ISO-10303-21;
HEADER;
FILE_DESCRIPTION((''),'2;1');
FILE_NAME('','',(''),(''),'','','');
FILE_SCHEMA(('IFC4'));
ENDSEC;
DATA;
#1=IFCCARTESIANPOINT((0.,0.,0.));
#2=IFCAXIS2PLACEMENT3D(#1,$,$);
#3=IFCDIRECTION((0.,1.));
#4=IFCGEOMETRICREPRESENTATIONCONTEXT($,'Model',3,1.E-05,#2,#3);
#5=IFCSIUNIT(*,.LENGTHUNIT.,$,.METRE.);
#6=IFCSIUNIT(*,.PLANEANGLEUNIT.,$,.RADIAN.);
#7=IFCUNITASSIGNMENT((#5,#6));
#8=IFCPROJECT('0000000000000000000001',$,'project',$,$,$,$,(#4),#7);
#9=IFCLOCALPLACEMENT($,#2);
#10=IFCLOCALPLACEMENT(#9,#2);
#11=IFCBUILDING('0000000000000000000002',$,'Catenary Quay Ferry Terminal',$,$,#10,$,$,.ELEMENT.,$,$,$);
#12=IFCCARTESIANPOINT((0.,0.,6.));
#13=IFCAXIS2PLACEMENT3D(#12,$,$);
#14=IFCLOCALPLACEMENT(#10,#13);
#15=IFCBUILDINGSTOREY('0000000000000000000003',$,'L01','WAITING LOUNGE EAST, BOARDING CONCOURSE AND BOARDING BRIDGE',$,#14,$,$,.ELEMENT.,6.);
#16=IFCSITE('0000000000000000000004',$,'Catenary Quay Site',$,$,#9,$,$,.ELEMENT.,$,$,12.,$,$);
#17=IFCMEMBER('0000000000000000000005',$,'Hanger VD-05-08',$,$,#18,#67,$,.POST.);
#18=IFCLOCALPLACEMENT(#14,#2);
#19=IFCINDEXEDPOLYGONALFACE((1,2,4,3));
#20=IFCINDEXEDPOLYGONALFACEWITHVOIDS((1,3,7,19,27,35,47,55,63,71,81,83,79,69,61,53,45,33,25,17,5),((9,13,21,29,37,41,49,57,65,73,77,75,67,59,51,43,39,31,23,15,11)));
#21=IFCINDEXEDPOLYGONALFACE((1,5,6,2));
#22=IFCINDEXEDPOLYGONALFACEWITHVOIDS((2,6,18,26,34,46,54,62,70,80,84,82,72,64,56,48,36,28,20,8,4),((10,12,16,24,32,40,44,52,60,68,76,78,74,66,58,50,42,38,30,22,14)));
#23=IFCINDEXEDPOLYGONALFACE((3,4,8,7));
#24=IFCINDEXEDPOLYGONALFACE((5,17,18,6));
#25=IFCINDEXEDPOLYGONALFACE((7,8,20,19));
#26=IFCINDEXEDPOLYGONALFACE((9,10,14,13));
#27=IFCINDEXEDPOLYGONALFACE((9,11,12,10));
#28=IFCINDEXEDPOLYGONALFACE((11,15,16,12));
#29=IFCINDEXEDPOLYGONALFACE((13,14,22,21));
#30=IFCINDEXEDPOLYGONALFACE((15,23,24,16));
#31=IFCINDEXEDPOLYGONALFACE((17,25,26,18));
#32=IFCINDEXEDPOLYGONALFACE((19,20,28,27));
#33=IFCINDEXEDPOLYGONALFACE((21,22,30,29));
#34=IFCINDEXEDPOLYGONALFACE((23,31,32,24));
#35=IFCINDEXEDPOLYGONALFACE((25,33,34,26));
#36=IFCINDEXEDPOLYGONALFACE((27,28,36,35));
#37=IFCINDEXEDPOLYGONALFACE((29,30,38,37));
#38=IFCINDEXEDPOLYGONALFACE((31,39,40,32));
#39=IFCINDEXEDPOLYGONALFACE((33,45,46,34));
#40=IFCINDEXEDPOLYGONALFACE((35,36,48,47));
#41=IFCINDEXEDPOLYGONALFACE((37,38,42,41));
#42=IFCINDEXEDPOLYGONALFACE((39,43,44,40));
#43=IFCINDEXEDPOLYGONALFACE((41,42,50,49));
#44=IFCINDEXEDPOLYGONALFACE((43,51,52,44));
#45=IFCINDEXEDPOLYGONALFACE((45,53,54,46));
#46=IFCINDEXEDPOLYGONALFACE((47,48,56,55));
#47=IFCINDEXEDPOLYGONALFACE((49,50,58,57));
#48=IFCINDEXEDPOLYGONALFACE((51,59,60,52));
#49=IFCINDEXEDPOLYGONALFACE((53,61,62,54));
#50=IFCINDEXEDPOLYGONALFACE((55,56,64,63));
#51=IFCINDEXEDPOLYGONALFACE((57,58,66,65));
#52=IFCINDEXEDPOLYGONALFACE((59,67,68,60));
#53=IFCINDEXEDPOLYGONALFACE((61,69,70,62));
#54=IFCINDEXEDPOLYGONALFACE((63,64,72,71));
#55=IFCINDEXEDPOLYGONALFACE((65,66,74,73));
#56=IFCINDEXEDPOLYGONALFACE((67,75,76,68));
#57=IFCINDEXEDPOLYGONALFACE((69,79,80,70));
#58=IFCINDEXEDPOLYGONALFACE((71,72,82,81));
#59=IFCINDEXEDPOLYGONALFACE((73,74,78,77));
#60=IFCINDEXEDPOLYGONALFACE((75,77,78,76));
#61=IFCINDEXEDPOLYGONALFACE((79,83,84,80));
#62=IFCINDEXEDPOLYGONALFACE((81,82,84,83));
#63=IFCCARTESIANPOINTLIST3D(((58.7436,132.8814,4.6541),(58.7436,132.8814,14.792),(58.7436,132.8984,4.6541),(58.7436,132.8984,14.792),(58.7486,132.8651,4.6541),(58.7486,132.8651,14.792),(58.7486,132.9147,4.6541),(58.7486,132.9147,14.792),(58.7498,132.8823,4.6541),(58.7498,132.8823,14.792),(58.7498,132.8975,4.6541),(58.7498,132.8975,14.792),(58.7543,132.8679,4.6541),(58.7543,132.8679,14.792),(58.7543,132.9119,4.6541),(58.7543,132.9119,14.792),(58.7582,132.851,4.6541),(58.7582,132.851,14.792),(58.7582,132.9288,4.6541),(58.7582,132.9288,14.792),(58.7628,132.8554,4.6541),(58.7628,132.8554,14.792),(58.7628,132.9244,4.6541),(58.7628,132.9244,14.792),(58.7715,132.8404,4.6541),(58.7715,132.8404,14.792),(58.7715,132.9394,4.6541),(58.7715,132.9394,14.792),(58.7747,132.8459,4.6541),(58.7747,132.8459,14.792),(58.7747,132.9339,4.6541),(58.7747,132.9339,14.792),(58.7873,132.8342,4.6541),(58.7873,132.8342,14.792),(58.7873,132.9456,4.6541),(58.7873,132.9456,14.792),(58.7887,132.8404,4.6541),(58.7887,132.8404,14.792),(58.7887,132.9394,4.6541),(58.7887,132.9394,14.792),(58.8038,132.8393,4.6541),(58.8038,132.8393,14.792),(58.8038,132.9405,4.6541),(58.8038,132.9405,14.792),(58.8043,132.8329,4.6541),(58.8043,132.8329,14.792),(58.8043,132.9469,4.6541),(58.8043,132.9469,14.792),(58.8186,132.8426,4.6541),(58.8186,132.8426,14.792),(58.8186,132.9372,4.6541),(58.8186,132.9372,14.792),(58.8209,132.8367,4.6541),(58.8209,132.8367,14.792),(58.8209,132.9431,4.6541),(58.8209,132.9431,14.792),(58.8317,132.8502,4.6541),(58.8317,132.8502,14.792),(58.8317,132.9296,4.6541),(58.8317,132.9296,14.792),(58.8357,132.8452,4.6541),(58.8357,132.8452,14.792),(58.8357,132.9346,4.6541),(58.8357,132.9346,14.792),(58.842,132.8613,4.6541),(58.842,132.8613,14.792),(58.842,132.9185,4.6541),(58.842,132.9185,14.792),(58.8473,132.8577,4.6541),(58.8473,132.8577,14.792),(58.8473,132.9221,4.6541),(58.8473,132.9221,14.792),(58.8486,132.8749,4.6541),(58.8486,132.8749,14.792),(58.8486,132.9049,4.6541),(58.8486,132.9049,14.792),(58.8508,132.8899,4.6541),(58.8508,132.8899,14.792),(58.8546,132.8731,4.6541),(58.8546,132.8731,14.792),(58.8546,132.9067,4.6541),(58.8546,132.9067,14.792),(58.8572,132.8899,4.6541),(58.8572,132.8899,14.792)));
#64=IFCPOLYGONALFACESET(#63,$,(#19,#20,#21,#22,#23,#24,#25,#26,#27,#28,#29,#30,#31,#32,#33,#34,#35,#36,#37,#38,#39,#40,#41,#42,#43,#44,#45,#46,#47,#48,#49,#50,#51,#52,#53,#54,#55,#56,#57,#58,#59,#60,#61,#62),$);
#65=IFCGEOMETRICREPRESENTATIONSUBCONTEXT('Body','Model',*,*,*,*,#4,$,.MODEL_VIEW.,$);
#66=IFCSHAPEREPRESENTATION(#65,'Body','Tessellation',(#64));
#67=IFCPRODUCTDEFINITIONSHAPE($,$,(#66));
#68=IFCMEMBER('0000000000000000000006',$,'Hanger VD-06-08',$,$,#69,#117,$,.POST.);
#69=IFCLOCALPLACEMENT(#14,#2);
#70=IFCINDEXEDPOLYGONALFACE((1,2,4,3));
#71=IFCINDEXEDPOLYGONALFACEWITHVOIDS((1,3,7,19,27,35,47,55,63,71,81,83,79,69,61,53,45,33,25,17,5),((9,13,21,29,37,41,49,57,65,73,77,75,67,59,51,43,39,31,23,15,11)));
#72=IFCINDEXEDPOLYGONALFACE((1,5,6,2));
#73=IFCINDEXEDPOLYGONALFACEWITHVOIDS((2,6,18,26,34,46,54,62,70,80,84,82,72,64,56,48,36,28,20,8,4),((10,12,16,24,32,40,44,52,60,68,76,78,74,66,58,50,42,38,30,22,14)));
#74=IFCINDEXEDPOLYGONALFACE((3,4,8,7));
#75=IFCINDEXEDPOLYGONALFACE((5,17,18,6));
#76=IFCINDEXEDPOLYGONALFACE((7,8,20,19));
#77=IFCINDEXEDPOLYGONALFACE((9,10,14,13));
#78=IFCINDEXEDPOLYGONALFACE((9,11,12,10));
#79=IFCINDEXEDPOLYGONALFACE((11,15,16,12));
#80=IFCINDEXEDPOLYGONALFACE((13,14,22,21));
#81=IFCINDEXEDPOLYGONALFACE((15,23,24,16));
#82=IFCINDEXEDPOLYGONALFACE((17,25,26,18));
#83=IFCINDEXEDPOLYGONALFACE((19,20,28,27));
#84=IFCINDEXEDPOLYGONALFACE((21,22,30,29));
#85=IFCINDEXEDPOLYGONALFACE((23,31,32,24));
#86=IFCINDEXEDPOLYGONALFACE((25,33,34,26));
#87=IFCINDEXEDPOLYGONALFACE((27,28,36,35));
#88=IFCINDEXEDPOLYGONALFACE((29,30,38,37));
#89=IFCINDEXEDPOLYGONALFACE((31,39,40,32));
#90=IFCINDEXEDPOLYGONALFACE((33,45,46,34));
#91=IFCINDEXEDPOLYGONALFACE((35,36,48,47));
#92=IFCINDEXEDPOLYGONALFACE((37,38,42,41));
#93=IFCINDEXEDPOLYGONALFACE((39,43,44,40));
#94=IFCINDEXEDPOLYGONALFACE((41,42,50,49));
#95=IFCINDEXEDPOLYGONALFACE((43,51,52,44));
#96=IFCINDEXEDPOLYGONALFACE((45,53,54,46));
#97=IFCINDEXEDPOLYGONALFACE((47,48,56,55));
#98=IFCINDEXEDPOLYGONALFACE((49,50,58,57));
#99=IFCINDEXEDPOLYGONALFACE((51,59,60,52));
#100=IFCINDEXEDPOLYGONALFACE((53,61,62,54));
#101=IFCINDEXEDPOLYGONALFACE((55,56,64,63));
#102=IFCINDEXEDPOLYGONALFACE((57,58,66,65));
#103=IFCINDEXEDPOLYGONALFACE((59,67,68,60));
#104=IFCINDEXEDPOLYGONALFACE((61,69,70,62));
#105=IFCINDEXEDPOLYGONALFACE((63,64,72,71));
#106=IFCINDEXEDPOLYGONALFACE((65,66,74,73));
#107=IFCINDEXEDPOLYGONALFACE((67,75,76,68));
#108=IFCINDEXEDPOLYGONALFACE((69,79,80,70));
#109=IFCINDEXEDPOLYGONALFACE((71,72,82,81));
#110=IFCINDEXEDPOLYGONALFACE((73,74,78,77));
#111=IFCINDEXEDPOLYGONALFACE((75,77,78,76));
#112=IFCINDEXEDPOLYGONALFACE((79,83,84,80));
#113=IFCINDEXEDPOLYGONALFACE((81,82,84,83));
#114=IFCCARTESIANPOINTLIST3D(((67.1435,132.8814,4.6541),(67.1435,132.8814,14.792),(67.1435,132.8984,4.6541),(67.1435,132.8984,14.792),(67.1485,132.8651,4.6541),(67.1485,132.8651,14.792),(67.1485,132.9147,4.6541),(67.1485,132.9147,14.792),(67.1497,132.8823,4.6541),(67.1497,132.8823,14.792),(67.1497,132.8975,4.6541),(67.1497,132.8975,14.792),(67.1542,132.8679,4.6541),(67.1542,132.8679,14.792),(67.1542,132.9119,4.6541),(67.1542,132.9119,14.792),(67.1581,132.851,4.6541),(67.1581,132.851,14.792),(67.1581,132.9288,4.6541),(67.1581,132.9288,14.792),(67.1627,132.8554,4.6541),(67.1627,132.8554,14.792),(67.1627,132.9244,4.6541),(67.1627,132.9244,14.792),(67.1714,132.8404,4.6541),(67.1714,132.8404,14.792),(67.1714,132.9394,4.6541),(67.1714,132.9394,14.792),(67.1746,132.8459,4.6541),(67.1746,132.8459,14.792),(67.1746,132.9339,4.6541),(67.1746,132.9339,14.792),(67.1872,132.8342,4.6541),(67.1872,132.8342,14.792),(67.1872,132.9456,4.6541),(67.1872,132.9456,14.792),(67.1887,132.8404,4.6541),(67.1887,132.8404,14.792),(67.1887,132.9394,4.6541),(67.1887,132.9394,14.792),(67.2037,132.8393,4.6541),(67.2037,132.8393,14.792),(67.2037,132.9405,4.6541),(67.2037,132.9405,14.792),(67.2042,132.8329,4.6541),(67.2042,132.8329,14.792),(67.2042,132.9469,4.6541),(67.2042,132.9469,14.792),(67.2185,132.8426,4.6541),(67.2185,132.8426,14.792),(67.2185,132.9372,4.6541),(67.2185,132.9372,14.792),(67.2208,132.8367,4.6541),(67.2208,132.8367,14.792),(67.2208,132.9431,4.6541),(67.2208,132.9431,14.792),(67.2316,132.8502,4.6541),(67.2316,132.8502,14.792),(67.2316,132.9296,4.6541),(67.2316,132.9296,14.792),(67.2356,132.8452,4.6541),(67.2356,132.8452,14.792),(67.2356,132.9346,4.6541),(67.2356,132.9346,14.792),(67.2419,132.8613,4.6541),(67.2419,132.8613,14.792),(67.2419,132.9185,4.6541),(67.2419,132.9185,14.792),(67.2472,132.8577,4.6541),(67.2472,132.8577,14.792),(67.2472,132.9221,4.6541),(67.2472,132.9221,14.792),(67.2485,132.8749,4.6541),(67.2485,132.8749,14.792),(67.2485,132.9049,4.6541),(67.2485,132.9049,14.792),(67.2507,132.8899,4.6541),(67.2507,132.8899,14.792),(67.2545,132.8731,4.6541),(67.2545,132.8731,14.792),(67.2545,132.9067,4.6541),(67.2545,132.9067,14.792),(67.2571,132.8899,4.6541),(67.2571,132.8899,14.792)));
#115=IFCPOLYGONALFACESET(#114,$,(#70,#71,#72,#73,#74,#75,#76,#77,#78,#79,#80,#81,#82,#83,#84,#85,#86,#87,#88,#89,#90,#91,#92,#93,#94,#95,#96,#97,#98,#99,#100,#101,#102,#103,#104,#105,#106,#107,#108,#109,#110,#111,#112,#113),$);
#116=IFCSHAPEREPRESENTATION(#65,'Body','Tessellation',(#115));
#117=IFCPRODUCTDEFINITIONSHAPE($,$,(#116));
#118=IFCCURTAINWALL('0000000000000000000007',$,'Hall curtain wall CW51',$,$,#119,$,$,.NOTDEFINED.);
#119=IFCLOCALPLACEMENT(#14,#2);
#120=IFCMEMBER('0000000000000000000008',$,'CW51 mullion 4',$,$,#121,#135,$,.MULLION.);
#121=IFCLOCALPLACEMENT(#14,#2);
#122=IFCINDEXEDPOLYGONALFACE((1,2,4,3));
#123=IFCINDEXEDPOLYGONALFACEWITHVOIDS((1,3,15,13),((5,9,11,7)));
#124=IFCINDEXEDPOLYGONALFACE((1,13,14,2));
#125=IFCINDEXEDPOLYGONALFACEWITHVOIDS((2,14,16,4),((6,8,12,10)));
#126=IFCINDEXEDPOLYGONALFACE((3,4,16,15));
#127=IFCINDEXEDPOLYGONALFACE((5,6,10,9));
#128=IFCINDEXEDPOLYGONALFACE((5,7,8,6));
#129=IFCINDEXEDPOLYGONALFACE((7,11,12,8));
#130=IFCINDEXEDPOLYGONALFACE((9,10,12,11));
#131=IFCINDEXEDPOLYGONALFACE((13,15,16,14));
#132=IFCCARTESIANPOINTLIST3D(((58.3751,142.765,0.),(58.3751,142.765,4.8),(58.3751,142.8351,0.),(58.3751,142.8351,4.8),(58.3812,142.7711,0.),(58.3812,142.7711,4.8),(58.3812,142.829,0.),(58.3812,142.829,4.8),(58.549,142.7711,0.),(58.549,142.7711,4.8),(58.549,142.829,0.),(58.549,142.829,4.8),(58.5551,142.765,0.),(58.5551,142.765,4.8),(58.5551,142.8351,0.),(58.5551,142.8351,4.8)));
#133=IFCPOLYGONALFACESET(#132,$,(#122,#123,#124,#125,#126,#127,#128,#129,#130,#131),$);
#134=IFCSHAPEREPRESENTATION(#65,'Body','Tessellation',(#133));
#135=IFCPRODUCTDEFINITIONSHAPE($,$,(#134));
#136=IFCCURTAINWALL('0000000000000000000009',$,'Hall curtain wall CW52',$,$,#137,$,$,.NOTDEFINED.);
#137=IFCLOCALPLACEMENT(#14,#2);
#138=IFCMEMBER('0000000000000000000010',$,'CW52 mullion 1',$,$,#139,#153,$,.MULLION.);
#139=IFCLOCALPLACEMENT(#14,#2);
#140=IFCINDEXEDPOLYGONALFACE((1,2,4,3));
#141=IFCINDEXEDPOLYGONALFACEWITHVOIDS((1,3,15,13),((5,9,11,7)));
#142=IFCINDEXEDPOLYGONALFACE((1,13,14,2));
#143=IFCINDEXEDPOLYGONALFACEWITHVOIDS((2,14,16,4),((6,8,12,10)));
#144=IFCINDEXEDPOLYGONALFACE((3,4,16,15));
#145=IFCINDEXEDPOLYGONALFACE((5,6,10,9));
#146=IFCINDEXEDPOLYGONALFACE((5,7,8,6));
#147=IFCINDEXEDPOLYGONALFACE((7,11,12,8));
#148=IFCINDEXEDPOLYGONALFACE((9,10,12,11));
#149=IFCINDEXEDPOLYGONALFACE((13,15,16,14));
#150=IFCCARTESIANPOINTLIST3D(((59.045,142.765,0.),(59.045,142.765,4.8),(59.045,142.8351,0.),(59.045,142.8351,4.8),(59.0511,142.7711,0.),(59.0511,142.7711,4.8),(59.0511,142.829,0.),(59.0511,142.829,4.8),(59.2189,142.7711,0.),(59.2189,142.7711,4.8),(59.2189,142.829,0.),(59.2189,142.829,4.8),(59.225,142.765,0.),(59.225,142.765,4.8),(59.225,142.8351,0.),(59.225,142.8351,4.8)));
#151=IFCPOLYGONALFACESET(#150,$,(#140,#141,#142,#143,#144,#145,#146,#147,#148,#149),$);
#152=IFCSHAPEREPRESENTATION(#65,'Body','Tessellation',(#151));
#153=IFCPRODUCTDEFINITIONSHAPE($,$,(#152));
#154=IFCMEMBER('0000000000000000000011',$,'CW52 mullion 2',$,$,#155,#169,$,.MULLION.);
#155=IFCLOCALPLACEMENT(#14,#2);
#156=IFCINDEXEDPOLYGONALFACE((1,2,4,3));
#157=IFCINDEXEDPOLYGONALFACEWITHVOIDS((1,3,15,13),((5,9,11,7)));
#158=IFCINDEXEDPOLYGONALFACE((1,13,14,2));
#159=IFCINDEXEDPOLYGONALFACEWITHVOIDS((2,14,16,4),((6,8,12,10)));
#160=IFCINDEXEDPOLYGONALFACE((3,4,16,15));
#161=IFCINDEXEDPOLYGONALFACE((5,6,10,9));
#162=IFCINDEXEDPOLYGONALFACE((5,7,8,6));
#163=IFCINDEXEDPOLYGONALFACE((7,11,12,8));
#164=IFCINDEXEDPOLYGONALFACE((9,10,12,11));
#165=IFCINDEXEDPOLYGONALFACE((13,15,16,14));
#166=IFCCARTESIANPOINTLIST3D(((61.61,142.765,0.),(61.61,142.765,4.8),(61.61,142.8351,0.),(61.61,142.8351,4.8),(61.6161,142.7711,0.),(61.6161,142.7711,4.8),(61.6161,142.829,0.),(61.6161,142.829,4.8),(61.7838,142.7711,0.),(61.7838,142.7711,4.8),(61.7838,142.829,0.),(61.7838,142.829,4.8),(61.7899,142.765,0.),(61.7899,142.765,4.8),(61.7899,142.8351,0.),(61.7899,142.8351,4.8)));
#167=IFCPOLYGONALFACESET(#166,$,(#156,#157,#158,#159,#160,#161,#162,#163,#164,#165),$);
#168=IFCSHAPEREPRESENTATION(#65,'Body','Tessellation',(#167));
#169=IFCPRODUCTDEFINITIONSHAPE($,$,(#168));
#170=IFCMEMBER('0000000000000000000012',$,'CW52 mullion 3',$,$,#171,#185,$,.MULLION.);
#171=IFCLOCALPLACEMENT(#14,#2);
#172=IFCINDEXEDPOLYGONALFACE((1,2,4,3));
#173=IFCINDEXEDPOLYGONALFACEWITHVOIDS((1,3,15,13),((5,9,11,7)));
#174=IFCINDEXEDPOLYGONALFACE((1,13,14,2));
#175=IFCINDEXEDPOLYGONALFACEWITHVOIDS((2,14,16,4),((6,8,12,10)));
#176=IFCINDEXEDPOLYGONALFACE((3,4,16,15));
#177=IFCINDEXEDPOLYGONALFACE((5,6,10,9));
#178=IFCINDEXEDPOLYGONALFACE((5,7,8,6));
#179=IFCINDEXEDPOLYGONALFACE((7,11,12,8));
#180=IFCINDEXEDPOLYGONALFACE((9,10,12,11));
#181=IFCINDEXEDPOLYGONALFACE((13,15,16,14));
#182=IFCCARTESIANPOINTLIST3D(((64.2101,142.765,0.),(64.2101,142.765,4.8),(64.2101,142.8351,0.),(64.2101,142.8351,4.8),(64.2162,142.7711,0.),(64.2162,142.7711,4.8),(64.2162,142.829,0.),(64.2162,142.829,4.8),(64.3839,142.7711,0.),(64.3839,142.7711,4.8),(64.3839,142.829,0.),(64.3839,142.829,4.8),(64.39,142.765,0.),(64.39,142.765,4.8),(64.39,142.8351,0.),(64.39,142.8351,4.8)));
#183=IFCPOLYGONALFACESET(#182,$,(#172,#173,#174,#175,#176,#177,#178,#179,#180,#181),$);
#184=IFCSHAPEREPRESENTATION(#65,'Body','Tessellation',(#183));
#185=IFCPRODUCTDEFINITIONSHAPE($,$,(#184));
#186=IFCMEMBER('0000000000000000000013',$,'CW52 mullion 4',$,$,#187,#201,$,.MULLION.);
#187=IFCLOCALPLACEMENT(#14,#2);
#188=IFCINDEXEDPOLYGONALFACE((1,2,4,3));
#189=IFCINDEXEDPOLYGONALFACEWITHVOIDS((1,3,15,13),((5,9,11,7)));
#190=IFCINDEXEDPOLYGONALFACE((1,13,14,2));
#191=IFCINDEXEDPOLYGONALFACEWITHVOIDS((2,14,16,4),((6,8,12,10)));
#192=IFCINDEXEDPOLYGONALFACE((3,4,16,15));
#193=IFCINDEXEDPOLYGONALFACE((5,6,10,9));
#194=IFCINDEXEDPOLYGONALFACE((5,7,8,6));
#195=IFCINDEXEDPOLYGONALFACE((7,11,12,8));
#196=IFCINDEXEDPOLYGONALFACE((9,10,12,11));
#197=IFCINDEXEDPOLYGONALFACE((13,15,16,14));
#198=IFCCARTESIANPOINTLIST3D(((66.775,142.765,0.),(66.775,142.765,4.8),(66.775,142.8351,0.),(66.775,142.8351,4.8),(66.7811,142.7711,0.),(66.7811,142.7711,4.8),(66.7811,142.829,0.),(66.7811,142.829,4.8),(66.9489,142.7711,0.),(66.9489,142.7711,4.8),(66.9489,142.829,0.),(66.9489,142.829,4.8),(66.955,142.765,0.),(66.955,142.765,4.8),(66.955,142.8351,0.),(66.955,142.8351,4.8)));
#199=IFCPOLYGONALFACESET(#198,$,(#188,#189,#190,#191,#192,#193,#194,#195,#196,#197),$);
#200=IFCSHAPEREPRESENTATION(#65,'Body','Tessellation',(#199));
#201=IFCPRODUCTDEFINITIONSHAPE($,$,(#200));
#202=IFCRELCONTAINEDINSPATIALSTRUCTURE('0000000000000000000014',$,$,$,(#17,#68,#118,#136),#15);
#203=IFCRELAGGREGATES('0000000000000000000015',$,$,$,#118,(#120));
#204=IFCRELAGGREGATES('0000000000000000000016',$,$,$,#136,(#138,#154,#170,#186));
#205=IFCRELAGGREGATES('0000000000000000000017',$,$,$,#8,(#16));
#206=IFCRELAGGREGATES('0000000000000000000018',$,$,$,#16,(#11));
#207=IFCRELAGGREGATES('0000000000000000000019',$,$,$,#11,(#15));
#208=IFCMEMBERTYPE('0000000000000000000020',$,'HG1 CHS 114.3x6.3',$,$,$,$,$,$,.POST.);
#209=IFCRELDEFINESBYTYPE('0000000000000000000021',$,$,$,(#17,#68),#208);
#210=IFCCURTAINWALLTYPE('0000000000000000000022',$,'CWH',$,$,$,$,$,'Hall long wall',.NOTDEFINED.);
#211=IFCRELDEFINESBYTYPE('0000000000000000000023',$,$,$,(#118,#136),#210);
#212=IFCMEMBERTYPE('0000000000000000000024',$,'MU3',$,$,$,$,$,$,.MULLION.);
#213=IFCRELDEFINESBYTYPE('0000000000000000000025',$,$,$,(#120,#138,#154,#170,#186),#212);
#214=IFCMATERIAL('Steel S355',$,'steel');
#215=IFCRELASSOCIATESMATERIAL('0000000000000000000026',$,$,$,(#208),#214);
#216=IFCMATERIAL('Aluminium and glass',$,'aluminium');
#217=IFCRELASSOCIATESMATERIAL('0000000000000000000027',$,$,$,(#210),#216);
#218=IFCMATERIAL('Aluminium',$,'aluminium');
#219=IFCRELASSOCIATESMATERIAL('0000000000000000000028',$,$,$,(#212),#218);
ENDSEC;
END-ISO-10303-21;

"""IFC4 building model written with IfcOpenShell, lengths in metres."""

from ifc_helpers import new_model, si_unit, direction, frame, origin, origin_2d, place, context, subcontext, project, spatial, hollow_rectangle, hollow_circle, extrude, material, material_profile, profile_set, type_object, element, aggregate, save


model = new_model("IFC4")

# Units and contexts
model_context = context("Model", 3, precision=1e-05, world=origin(), true_north=direction((0.0, 1.0)))
body_context = subcontext(model_context, "Body", "Model", "MODEL_VIEW")
ifc_project = project(units=[si_unit("LENGTHUNIT", "METRE"), si_unit("PLANEANGLEUNIT", "RADIAN")], contexts=[model_context])

# Site, building, storey
site_placement = place(None, origin())
site = spatial("IfcSite", under=ifc_project, at=site_placement, Name="Catenary Quay Site", CompositionType="ELEMENT", RefElevation=12.0)
building_placement = place(site_placement, origin())
building = spatial("IfcBuilding", under=site, at=building_placement, Name="Catenary Quay Ferry Terminal", CompositionType="ELEMENT")
storey_placement = place(building_placement, frame((0.0, 0.0, 6.0)))
storey = spatial("IfcBuildingStorey", under=building, at=storey_placement, Name="L01", Description="WAITING LOUNGE EAST, BOARDING CONCOURSE AND BOARDING BRIDGE", CompositionType="ELEMENT", Elevation=6.0)

# Members
ifc_material_1 = material(Name="Steel S355", Category="steel")
ifc_material_profile_1 = material_profile(ifc_material_1, hollow_circle(Radius=0.0571, WallThickness=0.0063, at=origin_2d()), Name="CHS 114.3x6.3")
ifc_profile_set_1 = profile_set([ifc_material_profile_1], Name="Steel S355")
member_type_1 = type_object("IfcMemberType", Name="HG1 CHS 114.3x6.3", PredefinedType="POST", material=ifc_profile_set_1)
for number, where, z_axis, x_axis, name in (
    (1, (58.8, 132.8899, 4.6541), (0.0, 0.0, 1.0), (1.0, 0.0, 0.0), "Hanger VD-05-08"),
    (2, (67.2, 132.8899, 4.6541), (0.0, 0.0, 1.0), (1.0, 0.0, 0.0), "Hanger VD-06-08"),
):
    element("IfcMember", number, at=place(storey_placement, frame(where, z_axis=z_axis, x_axis=x_axis)), inside=storey, type_object=member_type_1, Name=name, PredefinedType="POST", context=body_context, shape_type="SweptSolid", body=[
        extrude(hollow_circle(Radius=0.0571, WallThickness=0.0063, at=origin_2d()), origin(), (0.0, 0.0, 1.0), 10.1379),
    ])

# Curtain wall, member
ifc_material_2 = material(Name="Aluminium and glass", Category="aluminium")
curtain_wall_type = type_object("IfcCurtainWallType", Name="CWH", ElementType="Hall long wall", PredefinedType="NOTDEFINED", material=ifc_material_2)
curtain_wall_1_placement = place(storey_placement, origin())
curtain_wall_1 = element("IfcCurtainWall", 3, at=curtain_wall_1_placement, inside=storey, type_object=curtain_wall_type, Name="Hall curtain wall CW51", PredefinedType="NOTDEFINED")
ifc_material_3 = material(Name="Aluminium", Category="aluminium")
ifc_material_profile_2 = material_profile(ifc_material_3, hollow_rectangle(XDim=0.0701, YDim=0.1799, WallThickness=0.0061, at=origin_2d()), Name="MU3")
ifc_profile_set_2 = profile_set([ifc_material_profile_2], Name="Aluminium")
member_type_2 = type_object("IfcMemberType", Name="MU3", PredefinedType="MULLION", material=ifc_profile_set_2)
member_1_placement = place(storey_placement, frame((58.4651, 142.8, 0.0), z_axis=(0.0, 0.0, 1.0), x_axis=(0.0, 1.0, 0.0)))
member_1 = element("IfcMember", 4, at=member_1_placement, type_object=member_type_2, Name="CW51 mullion 4", PredefinedType="MULLION", context=body_context, shape_type="SweptSolid", body=[
    extrude(hollow_rectangle(XDim=0.0701, YDim=0.1799, WallThickness=0.0061, at=origin_2d()), origin(), (0.0, 0.0, 1.0), 4.8),
])
aggregate(curtain_wall_1, [member_1])

# Curtain wall, members
curtain_wall_2_placement = place(storey_placement, origin())
curtain_wall_2 = element("IfcCurtainWall", 5, at=curtain_wall_2_placement, inside=storey, type_object=curtain_wall_type, Name="Hall curtain wall CW52", PredefinedType="NOTDEFINED")
member_2_placement = place(storey_placement, frame((59.135, 142.8, 0.0), z_axis=(0.0, 0.0, 1.0), x_axis=(0.0, 1.0, 0.0)))
member_2 = element("IfcMember", 6, at=member_2_placement, type_object=member_type_2, Name="CW52 mullion 1", PredefinedType="MULLION", context=body_context, shape_type="SweptSolid", body=[
    extrude(hollow_rectangle(XDim=0.0701, YDim=0.1799, WallThickness=0.0061, at=origin_2d()), origin(), (0.0, 0.0, 1.0), 4.8),
])
member_3_placement = place(storey_placement, frame((61.7, 142.8, 0.0), z_axis=(0.0, 0.0, 1.0), x_axis=(0.0, 1.0, 0.0)))
member_3 = element("IfcMember", 7, at=member_3_placement, type_object=member_type_2, Name="CW52 mullion 2", PredefinedType="MULLION", context=body_context, shape_type="SweptSolid", body=[
    extrude(hollow_rectangle(XDim=0.0701, YDim=0.1799, WallThickness=0.0061, at=origin_2d()), origin(), (0.0, 0.0, 1.0), 4.8),
])
member_4_placement = place(storey_placement, frame((64.3, 142.8, 0.0), z_axis=(0.0, 0.0, 1.0), x_axis=(0.0, 1.0, 0.0)))
member_4 = element("IfcMember", 8, at=member_4_placement, type_object=member_type_2, Name="CW52 mullion 3", PredefinedType="MULLION", context=body_context, shape_type="SweptSolid", body=[
    extrude(hollow_rectangle(XDim=0.0701, YDim=0.1799, WallThickness=0.0061, at=origin_2d()), origin(), (0.0, 0.0, 1.0), 4.8),
])
member_5_placement = place(storey_placement, frame((66.865, 142.8, 0.0), z_axis=(0.0, 0.0, 1.0), x_axis=(0.0, 1.0, 0.0)))
member_5 = element("IfcMember", 9, at=member_5_placement, type_object=member_type_2, Name="CW52 mullion 4", PredefinedType="MULLION", context=body_context, shape_type="SweptSolid", body=[
    extrude(hollow_rectangle(XDim=0.0701, YDim=0.1799, WallThickness=0.0061, at=origin_2d()), origin(), (0.0, 0.0, 1.0), 4.8),
])
aggregate(curtain_wall_2, [member_2, member_3, member_4, member_5])

save(model, "model.ifc")
